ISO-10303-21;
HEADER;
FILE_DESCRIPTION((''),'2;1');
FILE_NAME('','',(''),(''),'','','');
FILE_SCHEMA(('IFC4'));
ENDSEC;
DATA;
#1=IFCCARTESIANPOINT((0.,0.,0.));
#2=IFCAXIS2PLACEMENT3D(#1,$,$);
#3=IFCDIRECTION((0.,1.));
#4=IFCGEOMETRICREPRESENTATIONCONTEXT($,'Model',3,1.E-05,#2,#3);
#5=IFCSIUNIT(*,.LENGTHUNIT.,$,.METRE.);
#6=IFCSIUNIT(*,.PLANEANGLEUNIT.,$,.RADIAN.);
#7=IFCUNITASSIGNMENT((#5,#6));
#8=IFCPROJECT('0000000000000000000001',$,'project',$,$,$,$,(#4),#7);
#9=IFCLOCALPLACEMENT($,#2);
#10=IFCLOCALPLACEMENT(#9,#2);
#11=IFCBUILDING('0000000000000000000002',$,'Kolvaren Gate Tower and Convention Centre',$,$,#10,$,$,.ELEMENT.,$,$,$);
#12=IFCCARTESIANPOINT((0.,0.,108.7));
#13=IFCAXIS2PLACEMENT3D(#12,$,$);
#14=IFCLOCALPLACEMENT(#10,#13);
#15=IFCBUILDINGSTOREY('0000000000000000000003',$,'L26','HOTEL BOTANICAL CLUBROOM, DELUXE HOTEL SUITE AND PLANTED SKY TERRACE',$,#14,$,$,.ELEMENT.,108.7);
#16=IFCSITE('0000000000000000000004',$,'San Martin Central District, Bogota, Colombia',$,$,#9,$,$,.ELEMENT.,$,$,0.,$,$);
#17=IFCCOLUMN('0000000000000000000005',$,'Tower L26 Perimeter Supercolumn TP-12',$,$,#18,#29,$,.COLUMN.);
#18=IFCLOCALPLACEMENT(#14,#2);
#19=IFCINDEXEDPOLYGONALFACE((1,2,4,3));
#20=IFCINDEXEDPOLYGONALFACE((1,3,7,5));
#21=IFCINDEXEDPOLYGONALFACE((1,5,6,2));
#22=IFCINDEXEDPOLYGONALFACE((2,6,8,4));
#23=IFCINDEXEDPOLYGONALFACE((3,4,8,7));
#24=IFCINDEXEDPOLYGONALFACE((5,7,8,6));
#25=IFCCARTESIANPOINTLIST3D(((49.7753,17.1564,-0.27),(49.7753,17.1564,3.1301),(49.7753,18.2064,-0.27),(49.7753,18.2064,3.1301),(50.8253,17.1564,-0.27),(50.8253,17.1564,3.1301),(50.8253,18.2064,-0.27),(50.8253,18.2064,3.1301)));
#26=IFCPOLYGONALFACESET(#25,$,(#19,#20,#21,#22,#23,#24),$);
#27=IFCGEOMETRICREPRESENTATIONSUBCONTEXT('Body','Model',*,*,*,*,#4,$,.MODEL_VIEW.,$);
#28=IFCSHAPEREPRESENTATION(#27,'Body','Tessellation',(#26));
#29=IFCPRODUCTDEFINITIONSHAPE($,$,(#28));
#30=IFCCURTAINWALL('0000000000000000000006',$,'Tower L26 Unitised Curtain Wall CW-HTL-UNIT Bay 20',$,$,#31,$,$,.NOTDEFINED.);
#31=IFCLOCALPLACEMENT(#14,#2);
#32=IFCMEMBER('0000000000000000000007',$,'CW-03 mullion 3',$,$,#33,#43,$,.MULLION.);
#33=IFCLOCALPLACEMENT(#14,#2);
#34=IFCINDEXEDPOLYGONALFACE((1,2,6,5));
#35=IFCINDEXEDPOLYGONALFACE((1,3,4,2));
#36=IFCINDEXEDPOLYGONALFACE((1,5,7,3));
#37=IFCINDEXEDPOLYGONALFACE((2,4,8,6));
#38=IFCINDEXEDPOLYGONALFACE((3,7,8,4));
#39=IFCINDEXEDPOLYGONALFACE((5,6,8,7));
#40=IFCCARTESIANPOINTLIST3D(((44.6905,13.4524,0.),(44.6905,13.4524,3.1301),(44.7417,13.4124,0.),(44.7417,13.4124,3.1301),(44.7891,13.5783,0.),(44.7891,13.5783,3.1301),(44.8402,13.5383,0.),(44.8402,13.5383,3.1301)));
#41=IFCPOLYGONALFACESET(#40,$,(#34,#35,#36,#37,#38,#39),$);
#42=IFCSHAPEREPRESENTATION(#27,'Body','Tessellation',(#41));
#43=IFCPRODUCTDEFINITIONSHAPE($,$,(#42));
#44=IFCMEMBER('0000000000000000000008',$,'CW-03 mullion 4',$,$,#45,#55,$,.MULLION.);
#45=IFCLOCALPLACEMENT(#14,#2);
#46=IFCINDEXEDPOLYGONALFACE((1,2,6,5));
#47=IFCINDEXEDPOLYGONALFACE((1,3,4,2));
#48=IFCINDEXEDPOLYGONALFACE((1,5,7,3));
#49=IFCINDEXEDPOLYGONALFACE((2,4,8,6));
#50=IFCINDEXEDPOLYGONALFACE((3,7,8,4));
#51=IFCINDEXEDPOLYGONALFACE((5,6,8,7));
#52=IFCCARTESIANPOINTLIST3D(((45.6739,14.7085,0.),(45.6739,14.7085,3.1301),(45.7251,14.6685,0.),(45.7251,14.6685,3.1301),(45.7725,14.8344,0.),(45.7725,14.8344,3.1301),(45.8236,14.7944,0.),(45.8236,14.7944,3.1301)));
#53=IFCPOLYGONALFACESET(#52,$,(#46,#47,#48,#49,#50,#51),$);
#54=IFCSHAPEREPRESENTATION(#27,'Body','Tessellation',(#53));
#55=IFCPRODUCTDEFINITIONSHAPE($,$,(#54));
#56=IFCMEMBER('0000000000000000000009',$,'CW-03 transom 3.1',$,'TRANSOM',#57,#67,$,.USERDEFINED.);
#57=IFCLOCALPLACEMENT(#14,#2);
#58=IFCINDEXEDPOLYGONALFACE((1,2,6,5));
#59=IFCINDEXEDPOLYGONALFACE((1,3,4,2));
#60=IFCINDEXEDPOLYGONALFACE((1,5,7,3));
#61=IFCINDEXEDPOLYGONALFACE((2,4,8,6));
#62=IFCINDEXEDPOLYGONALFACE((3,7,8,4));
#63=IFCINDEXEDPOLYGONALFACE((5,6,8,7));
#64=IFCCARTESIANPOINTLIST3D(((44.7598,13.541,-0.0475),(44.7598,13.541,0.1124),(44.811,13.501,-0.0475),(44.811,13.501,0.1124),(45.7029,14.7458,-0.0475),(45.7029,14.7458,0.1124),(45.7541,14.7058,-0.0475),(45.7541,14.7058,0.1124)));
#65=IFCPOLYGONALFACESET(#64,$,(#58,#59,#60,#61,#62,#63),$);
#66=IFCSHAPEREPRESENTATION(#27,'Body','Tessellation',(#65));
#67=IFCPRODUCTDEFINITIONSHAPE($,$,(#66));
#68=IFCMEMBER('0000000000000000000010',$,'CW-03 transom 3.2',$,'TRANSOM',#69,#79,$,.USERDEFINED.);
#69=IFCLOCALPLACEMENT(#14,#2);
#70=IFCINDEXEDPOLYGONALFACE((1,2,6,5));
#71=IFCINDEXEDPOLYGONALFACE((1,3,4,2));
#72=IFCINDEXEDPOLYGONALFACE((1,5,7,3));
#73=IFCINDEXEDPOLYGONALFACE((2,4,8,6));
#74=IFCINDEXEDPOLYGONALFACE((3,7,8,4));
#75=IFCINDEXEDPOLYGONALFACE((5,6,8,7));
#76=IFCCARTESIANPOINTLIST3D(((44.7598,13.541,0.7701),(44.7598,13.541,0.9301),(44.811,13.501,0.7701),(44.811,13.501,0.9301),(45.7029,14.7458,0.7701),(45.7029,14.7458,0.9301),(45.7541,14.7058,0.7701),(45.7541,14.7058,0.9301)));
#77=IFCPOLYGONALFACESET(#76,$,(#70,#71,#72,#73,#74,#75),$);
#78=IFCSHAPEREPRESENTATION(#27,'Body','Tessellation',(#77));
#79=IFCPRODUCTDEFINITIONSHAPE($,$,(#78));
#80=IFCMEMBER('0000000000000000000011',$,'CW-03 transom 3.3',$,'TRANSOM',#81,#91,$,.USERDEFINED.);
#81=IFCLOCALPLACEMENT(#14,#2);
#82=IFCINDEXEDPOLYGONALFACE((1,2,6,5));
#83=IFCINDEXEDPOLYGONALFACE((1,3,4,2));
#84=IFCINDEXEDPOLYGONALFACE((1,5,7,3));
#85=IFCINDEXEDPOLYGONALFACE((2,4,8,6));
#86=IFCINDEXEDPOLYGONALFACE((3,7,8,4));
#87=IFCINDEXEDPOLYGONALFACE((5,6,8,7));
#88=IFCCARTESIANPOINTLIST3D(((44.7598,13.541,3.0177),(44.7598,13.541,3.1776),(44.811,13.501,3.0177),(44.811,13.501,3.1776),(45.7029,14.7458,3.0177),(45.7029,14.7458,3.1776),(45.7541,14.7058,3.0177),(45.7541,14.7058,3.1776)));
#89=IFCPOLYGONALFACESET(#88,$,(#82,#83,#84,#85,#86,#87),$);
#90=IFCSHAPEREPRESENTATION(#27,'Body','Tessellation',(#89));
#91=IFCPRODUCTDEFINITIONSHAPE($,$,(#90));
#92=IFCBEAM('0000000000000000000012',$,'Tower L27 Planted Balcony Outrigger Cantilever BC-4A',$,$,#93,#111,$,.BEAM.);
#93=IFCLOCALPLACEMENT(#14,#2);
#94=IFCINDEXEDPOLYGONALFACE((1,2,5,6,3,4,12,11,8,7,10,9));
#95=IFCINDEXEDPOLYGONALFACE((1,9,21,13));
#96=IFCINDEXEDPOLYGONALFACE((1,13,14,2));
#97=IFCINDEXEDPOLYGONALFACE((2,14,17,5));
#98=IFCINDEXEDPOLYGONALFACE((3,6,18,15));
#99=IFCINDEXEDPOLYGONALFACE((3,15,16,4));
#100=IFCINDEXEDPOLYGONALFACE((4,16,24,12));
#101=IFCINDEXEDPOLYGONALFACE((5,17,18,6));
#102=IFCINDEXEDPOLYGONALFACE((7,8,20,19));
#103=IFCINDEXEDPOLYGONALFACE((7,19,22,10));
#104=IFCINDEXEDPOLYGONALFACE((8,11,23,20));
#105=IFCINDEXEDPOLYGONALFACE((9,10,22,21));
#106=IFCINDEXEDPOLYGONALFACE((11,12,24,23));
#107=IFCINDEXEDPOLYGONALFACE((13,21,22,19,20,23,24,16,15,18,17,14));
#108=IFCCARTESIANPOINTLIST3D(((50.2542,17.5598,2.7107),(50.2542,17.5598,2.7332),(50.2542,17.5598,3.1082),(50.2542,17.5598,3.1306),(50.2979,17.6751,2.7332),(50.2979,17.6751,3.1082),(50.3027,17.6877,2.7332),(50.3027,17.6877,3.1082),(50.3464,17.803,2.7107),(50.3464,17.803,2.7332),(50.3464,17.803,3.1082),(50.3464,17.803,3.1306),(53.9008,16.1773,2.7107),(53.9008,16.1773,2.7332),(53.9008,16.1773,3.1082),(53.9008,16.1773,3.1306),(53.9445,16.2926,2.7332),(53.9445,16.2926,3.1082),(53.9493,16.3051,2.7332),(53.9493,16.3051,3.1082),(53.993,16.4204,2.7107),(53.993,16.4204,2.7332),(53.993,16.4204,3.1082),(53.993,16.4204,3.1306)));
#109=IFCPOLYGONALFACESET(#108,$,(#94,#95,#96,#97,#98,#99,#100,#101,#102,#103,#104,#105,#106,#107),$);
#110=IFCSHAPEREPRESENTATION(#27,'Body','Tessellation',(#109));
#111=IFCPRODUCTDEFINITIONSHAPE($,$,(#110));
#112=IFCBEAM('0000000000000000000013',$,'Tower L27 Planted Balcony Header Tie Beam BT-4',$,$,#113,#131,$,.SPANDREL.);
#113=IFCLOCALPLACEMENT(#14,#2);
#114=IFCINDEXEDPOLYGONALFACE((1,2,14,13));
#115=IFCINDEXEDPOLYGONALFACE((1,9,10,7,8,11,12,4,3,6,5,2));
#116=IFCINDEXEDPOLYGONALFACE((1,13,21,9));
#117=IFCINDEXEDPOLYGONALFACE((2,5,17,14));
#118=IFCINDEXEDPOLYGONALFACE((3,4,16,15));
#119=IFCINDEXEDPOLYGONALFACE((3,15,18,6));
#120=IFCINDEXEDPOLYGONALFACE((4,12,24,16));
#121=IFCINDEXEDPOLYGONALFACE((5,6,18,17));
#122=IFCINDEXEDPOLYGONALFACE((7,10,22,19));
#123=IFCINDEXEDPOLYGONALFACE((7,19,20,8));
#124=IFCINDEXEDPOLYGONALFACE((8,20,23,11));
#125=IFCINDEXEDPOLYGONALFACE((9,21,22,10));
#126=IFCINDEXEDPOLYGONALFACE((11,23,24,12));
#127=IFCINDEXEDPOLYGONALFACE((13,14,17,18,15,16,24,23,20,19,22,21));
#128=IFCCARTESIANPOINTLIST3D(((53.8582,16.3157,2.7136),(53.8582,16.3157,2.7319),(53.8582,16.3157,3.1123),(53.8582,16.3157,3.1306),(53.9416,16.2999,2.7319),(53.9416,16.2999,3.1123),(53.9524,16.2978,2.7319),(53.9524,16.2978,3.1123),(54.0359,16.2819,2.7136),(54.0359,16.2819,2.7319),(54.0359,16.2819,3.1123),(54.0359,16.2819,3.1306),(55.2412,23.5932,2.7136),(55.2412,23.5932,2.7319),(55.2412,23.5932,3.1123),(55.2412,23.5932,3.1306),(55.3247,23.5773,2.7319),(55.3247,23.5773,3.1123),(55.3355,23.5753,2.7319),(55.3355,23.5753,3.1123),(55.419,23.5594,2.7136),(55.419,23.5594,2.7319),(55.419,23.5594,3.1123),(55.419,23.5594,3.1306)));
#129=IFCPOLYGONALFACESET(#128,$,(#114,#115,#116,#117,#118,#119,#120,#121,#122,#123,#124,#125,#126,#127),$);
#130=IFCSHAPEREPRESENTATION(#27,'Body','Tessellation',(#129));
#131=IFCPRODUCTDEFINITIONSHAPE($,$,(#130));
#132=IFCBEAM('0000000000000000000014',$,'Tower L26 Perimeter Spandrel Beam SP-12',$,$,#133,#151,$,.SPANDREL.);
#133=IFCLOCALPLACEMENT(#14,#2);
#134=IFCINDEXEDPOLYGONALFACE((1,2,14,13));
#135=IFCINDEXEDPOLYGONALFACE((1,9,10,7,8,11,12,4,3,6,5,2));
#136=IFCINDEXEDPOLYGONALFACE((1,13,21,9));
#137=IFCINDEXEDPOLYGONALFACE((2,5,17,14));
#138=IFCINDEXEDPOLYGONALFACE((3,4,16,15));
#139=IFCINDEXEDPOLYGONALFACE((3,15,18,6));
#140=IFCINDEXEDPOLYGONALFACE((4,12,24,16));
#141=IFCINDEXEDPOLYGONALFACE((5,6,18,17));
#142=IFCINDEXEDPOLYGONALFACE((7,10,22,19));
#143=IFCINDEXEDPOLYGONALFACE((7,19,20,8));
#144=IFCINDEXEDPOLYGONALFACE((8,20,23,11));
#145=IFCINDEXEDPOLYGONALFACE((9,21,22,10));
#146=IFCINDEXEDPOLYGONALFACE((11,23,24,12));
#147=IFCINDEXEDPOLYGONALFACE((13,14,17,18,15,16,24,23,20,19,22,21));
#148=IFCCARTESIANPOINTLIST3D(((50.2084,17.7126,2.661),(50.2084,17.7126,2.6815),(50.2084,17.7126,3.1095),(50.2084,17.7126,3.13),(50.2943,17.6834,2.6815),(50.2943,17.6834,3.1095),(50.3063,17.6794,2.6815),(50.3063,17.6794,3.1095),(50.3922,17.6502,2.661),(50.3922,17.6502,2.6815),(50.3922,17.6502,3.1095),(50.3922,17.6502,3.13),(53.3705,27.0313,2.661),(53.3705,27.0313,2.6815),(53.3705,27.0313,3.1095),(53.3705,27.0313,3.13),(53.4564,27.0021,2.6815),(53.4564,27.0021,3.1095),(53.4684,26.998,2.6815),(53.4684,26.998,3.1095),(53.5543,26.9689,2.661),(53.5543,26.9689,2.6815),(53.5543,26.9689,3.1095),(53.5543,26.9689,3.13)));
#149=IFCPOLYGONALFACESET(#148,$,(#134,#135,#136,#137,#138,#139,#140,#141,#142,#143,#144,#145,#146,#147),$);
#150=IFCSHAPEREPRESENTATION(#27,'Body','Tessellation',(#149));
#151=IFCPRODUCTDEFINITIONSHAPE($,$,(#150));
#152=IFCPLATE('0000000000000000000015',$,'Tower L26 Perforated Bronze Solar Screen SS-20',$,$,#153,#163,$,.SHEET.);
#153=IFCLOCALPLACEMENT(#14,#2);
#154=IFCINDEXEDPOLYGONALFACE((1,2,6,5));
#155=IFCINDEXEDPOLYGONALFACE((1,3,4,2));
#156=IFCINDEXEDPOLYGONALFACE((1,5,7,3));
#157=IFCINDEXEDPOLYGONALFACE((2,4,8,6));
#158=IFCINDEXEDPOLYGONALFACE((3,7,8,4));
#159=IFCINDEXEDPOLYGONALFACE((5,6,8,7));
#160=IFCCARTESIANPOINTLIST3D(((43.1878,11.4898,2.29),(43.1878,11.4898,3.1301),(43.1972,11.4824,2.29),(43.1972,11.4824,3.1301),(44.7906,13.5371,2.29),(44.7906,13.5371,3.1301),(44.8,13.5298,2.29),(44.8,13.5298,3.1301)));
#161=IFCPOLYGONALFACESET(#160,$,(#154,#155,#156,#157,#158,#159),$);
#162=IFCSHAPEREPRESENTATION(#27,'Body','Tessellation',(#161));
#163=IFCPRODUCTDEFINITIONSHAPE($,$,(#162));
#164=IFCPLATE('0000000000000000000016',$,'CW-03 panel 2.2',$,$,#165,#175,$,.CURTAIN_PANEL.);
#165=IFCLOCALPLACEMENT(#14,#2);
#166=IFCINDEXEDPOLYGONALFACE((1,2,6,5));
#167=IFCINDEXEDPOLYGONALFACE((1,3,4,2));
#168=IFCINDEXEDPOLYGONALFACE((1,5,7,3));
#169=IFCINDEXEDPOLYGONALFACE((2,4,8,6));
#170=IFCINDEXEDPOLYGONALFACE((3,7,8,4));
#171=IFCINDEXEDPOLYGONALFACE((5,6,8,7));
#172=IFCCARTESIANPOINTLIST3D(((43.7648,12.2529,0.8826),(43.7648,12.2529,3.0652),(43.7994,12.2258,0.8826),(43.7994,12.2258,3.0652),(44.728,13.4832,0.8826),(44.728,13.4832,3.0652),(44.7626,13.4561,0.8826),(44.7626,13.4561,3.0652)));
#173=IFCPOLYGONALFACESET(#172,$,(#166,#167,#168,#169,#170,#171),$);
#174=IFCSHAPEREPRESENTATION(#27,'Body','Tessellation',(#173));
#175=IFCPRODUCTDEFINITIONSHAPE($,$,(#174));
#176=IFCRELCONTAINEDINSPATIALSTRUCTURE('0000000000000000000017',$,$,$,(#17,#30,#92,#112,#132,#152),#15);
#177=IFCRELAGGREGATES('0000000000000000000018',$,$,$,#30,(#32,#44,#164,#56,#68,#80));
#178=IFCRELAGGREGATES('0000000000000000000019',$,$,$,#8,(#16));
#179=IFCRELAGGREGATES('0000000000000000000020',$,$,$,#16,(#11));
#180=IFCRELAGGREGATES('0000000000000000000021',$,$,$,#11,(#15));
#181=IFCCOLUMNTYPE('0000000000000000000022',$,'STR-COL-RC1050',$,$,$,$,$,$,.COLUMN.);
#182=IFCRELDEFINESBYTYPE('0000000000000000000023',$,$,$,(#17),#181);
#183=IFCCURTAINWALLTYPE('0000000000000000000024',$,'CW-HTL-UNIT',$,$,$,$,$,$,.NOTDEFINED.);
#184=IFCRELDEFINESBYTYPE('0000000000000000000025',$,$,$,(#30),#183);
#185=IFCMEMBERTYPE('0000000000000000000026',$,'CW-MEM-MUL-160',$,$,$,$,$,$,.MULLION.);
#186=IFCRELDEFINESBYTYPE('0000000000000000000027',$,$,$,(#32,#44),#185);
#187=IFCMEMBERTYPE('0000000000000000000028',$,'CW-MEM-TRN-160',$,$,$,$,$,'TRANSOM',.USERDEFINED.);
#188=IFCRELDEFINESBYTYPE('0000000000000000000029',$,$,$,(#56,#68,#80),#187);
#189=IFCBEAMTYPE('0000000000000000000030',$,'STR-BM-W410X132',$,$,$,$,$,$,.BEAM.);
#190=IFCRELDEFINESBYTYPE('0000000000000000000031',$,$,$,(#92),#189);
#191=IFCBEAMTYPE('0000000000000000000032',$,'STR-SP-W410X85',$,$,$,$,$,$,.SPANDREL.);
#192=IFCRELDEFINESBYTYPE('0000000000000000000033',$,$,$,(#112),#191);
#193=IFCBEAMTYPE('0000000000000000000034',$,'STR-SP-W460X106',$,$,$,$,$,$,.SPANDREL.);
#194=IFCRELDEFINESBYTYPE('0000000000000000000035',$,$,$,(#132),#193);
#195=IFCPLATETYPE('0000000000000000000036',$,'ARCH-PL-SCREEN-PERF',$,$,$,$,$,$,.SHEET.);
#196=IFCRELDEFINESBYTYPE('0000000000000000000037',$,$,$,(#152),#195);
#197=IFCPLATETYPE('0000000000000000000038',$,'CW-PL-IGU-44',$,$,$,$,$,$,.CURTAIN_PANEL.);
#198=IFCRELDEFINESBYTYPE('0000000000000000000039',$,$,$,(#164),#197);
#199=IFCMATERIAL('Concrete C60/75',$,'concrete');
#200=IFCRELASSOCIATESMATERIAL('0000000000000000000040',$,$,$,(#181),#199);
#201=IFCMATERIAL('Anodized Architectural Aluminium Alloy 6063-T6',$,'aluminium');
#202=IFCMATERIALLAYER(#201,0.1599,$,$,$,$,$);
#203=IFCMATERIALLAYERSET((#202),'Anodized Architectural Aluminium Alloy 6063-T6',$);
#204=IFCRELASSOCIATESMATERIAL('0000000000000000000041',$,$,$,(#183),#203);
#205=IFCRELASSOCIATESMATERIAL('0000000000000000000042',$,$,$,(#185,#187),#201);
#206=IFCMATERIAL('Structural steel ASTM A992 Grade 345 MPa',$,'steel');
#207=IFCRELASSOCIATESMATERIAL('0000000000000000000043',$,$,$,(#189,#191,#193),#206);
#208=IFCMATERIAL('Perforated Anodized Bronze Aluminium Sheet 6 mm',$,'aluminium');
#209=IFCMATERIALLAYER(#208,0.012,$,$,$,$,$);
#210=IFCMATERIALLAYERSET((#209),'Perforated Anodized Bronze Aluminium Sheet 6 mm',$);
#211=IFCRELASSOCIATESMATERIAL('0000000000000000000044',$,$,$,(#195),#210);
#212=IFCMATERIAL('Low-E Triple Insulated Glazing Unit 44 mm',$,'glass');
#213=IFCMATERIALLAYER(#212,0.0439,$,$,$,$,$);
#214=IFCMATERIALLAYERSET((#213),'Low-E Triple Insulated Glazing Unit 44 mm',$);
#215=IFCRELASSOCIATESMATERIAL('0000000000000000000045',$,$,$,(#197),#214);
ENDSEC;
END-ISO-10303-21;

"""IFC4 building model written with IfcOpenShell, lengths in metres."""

from ifc_helpers import new_model, si_unit, direction, frame, origin, origin_2d, place, context, subcontext, project, spatial, rectangle, i_section, extrude, material, layer, layer_set, material_profile, profile_set, type_object, element, aggregate, save


model = new_model("IFC4")

# Units and contexts
model_context = context("Model", 3, precision=1e-05, world=origin(), true_north=direction((0.0, 1.0)))
body_context = subcontext(model_context, "Body", "Model", "MODEL_VIEW")
ifc_project = project(units=[si_unit("LENGTHUNIT", "METRE"), si_unit("PLANEANGLEUNIT", "RADIAN")], contexts=[model_context])

# Site, building, storey
site_placement = place(None, origin())
site = spatial("IfcSite", under=ifc_project, at=site_placement, Name="San Martin Central District, Bogota, Colombia", CompositionType="ELEMENT", RefElevation=0.0)
building_placement = place(site_placement, origin())
building = spatial("IfcBuilding", under=site, at=building_placement, Name="Kolvaren Gate Tower and Convention Centre", CompositionType="ELEMENT")
storey_placement = place(building_placement, frame((0.0, 0.0, 108.7)))
storey = spatial("IfcBuildingStorey", under=building, at=storey_placement, Name="L26", Description="HOTEL BOTANICAL CLUBROOM, DELUXE HOTEL SUITE AND PLANTED SKY TERRACE", CompositionType="ELEMENT", Elevation=108.7)

# Column
ifc_material_1 = material(Name="Concrete C60/75", Category="concrete")
ifc_material_profile_1 = material_profile(ifc_material_1, rectangle(XDim=1.05, YDim=1.05, at=origin_2d()), Name="RC-COL-1050X1050")
ifc_profile_set_1 = profile_set([ifc_material_profile_1], Name="Concrete C60/75")
column_type = type_object("IfcColumnType", Name="STR-COL-RC1050", PredefinedType="COLUMN", material=ifc_profile_set_1)
column_placement = place(storey_placement, frame((50.3003, 17.6814, -0.27), z_axis=(0.0, 0.0, 1.0), x_axis=(1.0, 0.0, 0.0)))
element("IfcColumn", 1, at=column_placement, inside=storey, type_object=column_type, Name="Tower L26 Perimeter Supercolumn TP-12", PredefinedType="COLUMN", context=body_context, shape_type="SweptSolid", body=[
    extrude(rectangle(XDim=1.05, YDim=1.05, at=origin_2d()), origin(), (0.0, 0.0, 1.0), 3.4001),
])

# Curtain wall, members
ifc_material_2 = material(Name="Anodized Architectural Aluminium Alloy 6063-T6", Category="aluminium")
ifc_layer_1 = layer(ifc_material_2, 0.1599)
ifc_layer_set_1 = layer_set([ifc_layer_1], Name="Anodized Architectural Aluminium Alloy 6063-T6")
curtain_wall_type = type_object("IfcCurtainWallType", Name="CW-HTL-UNIT", PredefinedType="NOTDEFINED", material=ifc_layer_set_1)
curtain_wall_placement = place(storey_placement, origin())
curtain_wall = element("IfcCurtainWall", 2, at=curtain_wall_placement, inside=storey, type_object=curtain_wall_type, Name="Tower L26 Unitised Curtain Wall CW-HTL-UNIT Bay 20", PredefinedType="NOTDEFINED")
ifc_material_profile_2 = material_profile(ifc_material_2, rectangle(XDim=0.0649, YDim=0.1599, at=origin_2d()), Name="CW-MEM-MUL-160")
ifc_profile_set_2 = profile_set([ifc_material_profile_2], Name="Anodized Architectural Aluminium Alloy 6063-T6")
member_type_1 = type_object("IfcMemberType", Name="CW-MEM-MUL-160", PredefinedType="MULLION", material=ifc_profile_set_2)
member_1_placement = place(storey_placement, frame((44.7654, 13.4954, 0.0), z_axis=(0.0, 0.0, 1.0), x_axis=(-0.787413, 0.616426, 0.0)))
member_1 = element("IfcMember", 3, at=member_1_placement, type_object=member_type_1, Name="CW-03 mullion 3", PredefinedType="MULLION", context=body_context, shape_type="SweptSolid", body=[
    extrude(rectangle(XDim=0.0649, YDim=0.1599, at=origin_2d()), origin(), (0.0, 0.0, 1.0), 3.1301),
])
member_2_placement = place(storey_placement, frame((45.7488, 14.7515, 0.0), z_axis=(0.0, 0.0, 1.0), x_axis=(-0.787413, 0.616426, 0.0)))
member_2 = element("IfcMember", 4, at=member_2_placement, type_object=member_type_1, Name="CW-03 mullion 4", PredefinedType="MULLION", context=body_context, shape_type="SweptSolid", body=[
    extrude(rectangle(XDim=0.0649, YDim=0.1599, at=origin_2d()), origin(), (0.0, 0.0, 1.0), 3.1301),
])
ifc_material_profile_3 = material_profile(ifc_material_2, rectangle(XDim=0.0649, YDim=0.1599, at=origin_2d()), Name="CW-MEM-TRN-160")
ifc_profile_set_3 = profile_set([ifc_material_profile_3], Name="Anodized Architectural Aluminium Alloy 6063-T6")
member_type_2 = type_object("IfcMemberType", Name="CW-MEM-TRN-160", ElementType="TRANSOM", PredefinedType="USERDEFINED", material=ifc_profile_set_3)
member_3_placement = place(storey_placement, frame((44.7854, 13.521, 0.0325), z_axis=(0.61639, 0.787441, 0.0), x_axis=(-0.787441, 0.61639, 0.0)))
member_3 = element("IfcMember", 5, at=member_3_placement, type_object=member_type_2, Name="CW-03 transom 3.1", ObjectType="TRANSOM", PredefinedType="USERDEFINED", context=body_context, shape_type="SweptSolid", body=[
    extrude(rectangle(XDim=0.0649, YDim=0.1599, at=origin_2d()), origin(), (0.0, 0.0, 1.0), 1.53),
])
member_4_placement = place(storey_placement, frame((44.7854, 13.521, 0.8501), z_axis=(0.61639, 0.787441, 0.0), x_axis=(-0.787441, 0.61639, 0.0)))
member_4 = element("IfcMember", 6, at=member_4_placement, type_object=member_type_2, Name="CW-03 transom 3.2", ObjectType="TRANSOM", PredefinedType="USERDEFINED", context=body_context, shape_type="SweptSolid", body=[
    extrude(rectangle(XDim=0.0649, YDim=0.1599, at=origin_2d()), origin(), (0.0, 0.0, 1.0), 1.53),
])
member_5_placement = place(storey_placement, frame((44.7854, 13.521, 3.0977), z_axis=(0.61639, 0.787441, 0.0), x_axis=(-0.787441, 0.61639, 0.0)))
member_5 = element("IfcMember", 7, at=member_5_placement, type_object=member_type_2, Name="CW-03 transom 3.3", ObjectType="TRANSOM", PredefinedType="USERDEFINED", context=body_context, shape_type="SweptSolid", body=[
    extrude(rectangle(XDim=0.0649, YDim=0.1599, at=origin_2d()), origin(), (0.0, 0.0, 1.0), 1.53),
])

# Beams
ifc_material_3 = material(Name="Structural steel ASTM A992 Grade 345 MPa", Category="steel")
ifc_material_profile_4 = material_profile(ifc_material_3, i_section(OverallWidth=0.26, OverallDepth=0.4199, WebThickness=0.0134, FlangeThickness=0.0225, at=origin_2d()), Name="W410X132")
ifc_profile_set_4 = profile_set([ifc_material_profile_4], Name="Structural steel ASTM A992 Grade 345 MPa")
beam_type_1 = type_object("IfcBeamType", Name="STR-BM-W410X132", PredefinedType="BEAM", material=ifc_profile_set_4)
beam_1_placement = place(storey_placement, frame((50.3003, 17.6814, 2.9207), z_axis=(0.935055, -0.354503, 0.0), x_axis=(0.354503, 0.935055, 0.0)))
element("IfcBeam", 8, at=beam_1_placement, inside=storey, type_object=beam_type_1, Name="Tower L27 Planted Balcony Outrigger Cantilever BC-4A", PredefinedType="BEAM", context=body_context, shape_type="SweptSolid", body=[
    extrude(i_section(OverallWidth=0.26, OverallDepth=0.4199, WebThickness=0.0134, FlangeThickness=0.0225, at=origin_2d()), origin(), (0.0, 0.0, 1.0), 3.8999),
])
ifc_material_profile_5 = material_profile(ifc_material_3, i_section(OverallWidth=0.1809, OverallDepth=0.417, WebThickness=0.011, FlangeThickness=0.0183, at=origin_2d()), Name="W410X85")
ifc_profile_set_5 = profile_set([ifc_material_profile_5], Name="Structural steel ASTM A992 Grade 345 MPa")
beam_type_2 = type_object("IfcBeamType", Name="STR-SP-W410X85", PredefinedType="SPANDREL", material=ifc_profile_set_5)
beam_2_placement = place(storey_placement, frame((53.947, 16.2988, 2.9221), z_axis=(0.186708, 0.982416, 0.0), x_axis=(-0.982416, 0.186708, 0.0)))
element("IfcBeam", 9, at=beam_2_placement, inside=storey, type_object=beam_type_2, Name="Tower L27 Planted Balcony Header Tie Beam BT-4", PredefinedType="SPANDREL", context=body_context, shape_type="SweptSolid", body=[
    extrude(i_section(OverallWidth=0.1809, OverallDepth=0.417, WebThickness=0.011, FlangeThickness=0.0183, at=origin_2d()), origin(), (0.0, 0.0, 1.0), 7.4077),
])
ifc_material_profile_6 = material_profile(ifc_material_3, i_section(OverallWidth=0.1941, OverallDepth=0.469, WebThickness=0.0127, FlangeThickness=0.0205, at=origin_2d()), Name="W460X106")
ifc_profile_set_6 = profile_set([ifc_material_profile_6], Name="Structural steel ASTM A992 Grade 345 MPa")
beam_type_3 = type_object("IfcBeamType", Name="STR-SP-W460X106", PredefinedType="SPANDREL", material=ifc_profile_set_6)
beam_3_placement = place(storey_placement, frame((50.3003, 17.6814, 2.8955), z_axis=(0.321336, 0.946965, 0.0), x_axis=(-0.946965, 0.321336, 0.0)))
element("IfcBeam", 10, at=beam_3_placement, inside=storey, type_object=beam_type_3, Name="Tower L26 Perimeter Spandrel Beam SP-12", PredefinedType="SPANDREL", context=body_context, shape_type="SweptSolid", body=[
    extrude(i_section(OverallWidth=0.1941, OverallDepth=0.469, WebThickness=0.0127, FlangeThickness=0.0205, at=origin_2d()), origin(), (0.0, 0.0, 1.0), 9.8406),
])

# Plates
ifc_material_4 = material(Name="Perforated Anodized Bronze Aluminium Sheet 6 mm", Category="aluminium")
ifc_layer_2 = layer(ifc_material_4, 0.012)
ifc_layer_set_2 = layer_set([ifc_layer_2], Name="Perforated Anodized Bronze Aluminium Sheet 6 mm")
plate_type_1 = type_object("IfcPlateType", Name="ARCH-PL-SCREEN-PERF", PredefinedType="SHEET", material=ifc_layer_set_2)
plate_1_placement = place(storey_placement, frame((43.9939, 12.5098, 2.29), z_axis=(0.0, 0.0, 1.0), x_axis=(0.616424, 0.787414, 0.0)))
element("IfcPlate", 11, at=plate_1_placement, inside=storey, type_object=plate_type_1, Name="Tower L26 Perforated Bronze Solar Screen SS-20", PredefinedType="SHEET", context=body_context, shape_type="SweptSolid", body=[
    extrude(rectangle(XDim=2.6001, YDim=0.012, at=origin_2d()), origin(), (0.0, 0.0, 1.0), 0.8401),
])
ifc_material_5 = material(Name="Low-E Triple Insulated Glazing Unit 44 mm", Category="glass")
ifc_layer_3 = layer(ifc_material_5, 0.0439)
ifc_layer_set_3 = layer_set([ifc_layer_3], Name="Low-E Triple Insulated Glazing Unit 44 mm")
plate_type_2 = type_object("IfcPlateType", Name="CW-PL-IGU-44", PredefinedType="CURTAIN_PANEL", material=ifc_layer_set_3)
plate_2_placement = place(storey_placement, frame((44.2637, 12.8545, 0.8826), z_axis=(0.0, 0.0, 1.0), x_axis=(0.616426, 0.787413, 0.0)))
plate_2 = element("IfcPlate", 12, at=plate_2_placement, type_object=plate_type_2, Name="CW-03 panel 2.2", PredefinedType="CURTAIN_PANEL", context=body_context, shape_type="SweptSolid", body=[
    extrude(rectangle(XDim=1.5625, YDim=0.0439, at=origin_2d()), origin(), (0.0, 0.0, 1.0), 2.1826),
])
aggregate(curtain_wall, [member_1, member_2, plate_2, member_3, member_4, member_5])

save(model, "model.ifc")
